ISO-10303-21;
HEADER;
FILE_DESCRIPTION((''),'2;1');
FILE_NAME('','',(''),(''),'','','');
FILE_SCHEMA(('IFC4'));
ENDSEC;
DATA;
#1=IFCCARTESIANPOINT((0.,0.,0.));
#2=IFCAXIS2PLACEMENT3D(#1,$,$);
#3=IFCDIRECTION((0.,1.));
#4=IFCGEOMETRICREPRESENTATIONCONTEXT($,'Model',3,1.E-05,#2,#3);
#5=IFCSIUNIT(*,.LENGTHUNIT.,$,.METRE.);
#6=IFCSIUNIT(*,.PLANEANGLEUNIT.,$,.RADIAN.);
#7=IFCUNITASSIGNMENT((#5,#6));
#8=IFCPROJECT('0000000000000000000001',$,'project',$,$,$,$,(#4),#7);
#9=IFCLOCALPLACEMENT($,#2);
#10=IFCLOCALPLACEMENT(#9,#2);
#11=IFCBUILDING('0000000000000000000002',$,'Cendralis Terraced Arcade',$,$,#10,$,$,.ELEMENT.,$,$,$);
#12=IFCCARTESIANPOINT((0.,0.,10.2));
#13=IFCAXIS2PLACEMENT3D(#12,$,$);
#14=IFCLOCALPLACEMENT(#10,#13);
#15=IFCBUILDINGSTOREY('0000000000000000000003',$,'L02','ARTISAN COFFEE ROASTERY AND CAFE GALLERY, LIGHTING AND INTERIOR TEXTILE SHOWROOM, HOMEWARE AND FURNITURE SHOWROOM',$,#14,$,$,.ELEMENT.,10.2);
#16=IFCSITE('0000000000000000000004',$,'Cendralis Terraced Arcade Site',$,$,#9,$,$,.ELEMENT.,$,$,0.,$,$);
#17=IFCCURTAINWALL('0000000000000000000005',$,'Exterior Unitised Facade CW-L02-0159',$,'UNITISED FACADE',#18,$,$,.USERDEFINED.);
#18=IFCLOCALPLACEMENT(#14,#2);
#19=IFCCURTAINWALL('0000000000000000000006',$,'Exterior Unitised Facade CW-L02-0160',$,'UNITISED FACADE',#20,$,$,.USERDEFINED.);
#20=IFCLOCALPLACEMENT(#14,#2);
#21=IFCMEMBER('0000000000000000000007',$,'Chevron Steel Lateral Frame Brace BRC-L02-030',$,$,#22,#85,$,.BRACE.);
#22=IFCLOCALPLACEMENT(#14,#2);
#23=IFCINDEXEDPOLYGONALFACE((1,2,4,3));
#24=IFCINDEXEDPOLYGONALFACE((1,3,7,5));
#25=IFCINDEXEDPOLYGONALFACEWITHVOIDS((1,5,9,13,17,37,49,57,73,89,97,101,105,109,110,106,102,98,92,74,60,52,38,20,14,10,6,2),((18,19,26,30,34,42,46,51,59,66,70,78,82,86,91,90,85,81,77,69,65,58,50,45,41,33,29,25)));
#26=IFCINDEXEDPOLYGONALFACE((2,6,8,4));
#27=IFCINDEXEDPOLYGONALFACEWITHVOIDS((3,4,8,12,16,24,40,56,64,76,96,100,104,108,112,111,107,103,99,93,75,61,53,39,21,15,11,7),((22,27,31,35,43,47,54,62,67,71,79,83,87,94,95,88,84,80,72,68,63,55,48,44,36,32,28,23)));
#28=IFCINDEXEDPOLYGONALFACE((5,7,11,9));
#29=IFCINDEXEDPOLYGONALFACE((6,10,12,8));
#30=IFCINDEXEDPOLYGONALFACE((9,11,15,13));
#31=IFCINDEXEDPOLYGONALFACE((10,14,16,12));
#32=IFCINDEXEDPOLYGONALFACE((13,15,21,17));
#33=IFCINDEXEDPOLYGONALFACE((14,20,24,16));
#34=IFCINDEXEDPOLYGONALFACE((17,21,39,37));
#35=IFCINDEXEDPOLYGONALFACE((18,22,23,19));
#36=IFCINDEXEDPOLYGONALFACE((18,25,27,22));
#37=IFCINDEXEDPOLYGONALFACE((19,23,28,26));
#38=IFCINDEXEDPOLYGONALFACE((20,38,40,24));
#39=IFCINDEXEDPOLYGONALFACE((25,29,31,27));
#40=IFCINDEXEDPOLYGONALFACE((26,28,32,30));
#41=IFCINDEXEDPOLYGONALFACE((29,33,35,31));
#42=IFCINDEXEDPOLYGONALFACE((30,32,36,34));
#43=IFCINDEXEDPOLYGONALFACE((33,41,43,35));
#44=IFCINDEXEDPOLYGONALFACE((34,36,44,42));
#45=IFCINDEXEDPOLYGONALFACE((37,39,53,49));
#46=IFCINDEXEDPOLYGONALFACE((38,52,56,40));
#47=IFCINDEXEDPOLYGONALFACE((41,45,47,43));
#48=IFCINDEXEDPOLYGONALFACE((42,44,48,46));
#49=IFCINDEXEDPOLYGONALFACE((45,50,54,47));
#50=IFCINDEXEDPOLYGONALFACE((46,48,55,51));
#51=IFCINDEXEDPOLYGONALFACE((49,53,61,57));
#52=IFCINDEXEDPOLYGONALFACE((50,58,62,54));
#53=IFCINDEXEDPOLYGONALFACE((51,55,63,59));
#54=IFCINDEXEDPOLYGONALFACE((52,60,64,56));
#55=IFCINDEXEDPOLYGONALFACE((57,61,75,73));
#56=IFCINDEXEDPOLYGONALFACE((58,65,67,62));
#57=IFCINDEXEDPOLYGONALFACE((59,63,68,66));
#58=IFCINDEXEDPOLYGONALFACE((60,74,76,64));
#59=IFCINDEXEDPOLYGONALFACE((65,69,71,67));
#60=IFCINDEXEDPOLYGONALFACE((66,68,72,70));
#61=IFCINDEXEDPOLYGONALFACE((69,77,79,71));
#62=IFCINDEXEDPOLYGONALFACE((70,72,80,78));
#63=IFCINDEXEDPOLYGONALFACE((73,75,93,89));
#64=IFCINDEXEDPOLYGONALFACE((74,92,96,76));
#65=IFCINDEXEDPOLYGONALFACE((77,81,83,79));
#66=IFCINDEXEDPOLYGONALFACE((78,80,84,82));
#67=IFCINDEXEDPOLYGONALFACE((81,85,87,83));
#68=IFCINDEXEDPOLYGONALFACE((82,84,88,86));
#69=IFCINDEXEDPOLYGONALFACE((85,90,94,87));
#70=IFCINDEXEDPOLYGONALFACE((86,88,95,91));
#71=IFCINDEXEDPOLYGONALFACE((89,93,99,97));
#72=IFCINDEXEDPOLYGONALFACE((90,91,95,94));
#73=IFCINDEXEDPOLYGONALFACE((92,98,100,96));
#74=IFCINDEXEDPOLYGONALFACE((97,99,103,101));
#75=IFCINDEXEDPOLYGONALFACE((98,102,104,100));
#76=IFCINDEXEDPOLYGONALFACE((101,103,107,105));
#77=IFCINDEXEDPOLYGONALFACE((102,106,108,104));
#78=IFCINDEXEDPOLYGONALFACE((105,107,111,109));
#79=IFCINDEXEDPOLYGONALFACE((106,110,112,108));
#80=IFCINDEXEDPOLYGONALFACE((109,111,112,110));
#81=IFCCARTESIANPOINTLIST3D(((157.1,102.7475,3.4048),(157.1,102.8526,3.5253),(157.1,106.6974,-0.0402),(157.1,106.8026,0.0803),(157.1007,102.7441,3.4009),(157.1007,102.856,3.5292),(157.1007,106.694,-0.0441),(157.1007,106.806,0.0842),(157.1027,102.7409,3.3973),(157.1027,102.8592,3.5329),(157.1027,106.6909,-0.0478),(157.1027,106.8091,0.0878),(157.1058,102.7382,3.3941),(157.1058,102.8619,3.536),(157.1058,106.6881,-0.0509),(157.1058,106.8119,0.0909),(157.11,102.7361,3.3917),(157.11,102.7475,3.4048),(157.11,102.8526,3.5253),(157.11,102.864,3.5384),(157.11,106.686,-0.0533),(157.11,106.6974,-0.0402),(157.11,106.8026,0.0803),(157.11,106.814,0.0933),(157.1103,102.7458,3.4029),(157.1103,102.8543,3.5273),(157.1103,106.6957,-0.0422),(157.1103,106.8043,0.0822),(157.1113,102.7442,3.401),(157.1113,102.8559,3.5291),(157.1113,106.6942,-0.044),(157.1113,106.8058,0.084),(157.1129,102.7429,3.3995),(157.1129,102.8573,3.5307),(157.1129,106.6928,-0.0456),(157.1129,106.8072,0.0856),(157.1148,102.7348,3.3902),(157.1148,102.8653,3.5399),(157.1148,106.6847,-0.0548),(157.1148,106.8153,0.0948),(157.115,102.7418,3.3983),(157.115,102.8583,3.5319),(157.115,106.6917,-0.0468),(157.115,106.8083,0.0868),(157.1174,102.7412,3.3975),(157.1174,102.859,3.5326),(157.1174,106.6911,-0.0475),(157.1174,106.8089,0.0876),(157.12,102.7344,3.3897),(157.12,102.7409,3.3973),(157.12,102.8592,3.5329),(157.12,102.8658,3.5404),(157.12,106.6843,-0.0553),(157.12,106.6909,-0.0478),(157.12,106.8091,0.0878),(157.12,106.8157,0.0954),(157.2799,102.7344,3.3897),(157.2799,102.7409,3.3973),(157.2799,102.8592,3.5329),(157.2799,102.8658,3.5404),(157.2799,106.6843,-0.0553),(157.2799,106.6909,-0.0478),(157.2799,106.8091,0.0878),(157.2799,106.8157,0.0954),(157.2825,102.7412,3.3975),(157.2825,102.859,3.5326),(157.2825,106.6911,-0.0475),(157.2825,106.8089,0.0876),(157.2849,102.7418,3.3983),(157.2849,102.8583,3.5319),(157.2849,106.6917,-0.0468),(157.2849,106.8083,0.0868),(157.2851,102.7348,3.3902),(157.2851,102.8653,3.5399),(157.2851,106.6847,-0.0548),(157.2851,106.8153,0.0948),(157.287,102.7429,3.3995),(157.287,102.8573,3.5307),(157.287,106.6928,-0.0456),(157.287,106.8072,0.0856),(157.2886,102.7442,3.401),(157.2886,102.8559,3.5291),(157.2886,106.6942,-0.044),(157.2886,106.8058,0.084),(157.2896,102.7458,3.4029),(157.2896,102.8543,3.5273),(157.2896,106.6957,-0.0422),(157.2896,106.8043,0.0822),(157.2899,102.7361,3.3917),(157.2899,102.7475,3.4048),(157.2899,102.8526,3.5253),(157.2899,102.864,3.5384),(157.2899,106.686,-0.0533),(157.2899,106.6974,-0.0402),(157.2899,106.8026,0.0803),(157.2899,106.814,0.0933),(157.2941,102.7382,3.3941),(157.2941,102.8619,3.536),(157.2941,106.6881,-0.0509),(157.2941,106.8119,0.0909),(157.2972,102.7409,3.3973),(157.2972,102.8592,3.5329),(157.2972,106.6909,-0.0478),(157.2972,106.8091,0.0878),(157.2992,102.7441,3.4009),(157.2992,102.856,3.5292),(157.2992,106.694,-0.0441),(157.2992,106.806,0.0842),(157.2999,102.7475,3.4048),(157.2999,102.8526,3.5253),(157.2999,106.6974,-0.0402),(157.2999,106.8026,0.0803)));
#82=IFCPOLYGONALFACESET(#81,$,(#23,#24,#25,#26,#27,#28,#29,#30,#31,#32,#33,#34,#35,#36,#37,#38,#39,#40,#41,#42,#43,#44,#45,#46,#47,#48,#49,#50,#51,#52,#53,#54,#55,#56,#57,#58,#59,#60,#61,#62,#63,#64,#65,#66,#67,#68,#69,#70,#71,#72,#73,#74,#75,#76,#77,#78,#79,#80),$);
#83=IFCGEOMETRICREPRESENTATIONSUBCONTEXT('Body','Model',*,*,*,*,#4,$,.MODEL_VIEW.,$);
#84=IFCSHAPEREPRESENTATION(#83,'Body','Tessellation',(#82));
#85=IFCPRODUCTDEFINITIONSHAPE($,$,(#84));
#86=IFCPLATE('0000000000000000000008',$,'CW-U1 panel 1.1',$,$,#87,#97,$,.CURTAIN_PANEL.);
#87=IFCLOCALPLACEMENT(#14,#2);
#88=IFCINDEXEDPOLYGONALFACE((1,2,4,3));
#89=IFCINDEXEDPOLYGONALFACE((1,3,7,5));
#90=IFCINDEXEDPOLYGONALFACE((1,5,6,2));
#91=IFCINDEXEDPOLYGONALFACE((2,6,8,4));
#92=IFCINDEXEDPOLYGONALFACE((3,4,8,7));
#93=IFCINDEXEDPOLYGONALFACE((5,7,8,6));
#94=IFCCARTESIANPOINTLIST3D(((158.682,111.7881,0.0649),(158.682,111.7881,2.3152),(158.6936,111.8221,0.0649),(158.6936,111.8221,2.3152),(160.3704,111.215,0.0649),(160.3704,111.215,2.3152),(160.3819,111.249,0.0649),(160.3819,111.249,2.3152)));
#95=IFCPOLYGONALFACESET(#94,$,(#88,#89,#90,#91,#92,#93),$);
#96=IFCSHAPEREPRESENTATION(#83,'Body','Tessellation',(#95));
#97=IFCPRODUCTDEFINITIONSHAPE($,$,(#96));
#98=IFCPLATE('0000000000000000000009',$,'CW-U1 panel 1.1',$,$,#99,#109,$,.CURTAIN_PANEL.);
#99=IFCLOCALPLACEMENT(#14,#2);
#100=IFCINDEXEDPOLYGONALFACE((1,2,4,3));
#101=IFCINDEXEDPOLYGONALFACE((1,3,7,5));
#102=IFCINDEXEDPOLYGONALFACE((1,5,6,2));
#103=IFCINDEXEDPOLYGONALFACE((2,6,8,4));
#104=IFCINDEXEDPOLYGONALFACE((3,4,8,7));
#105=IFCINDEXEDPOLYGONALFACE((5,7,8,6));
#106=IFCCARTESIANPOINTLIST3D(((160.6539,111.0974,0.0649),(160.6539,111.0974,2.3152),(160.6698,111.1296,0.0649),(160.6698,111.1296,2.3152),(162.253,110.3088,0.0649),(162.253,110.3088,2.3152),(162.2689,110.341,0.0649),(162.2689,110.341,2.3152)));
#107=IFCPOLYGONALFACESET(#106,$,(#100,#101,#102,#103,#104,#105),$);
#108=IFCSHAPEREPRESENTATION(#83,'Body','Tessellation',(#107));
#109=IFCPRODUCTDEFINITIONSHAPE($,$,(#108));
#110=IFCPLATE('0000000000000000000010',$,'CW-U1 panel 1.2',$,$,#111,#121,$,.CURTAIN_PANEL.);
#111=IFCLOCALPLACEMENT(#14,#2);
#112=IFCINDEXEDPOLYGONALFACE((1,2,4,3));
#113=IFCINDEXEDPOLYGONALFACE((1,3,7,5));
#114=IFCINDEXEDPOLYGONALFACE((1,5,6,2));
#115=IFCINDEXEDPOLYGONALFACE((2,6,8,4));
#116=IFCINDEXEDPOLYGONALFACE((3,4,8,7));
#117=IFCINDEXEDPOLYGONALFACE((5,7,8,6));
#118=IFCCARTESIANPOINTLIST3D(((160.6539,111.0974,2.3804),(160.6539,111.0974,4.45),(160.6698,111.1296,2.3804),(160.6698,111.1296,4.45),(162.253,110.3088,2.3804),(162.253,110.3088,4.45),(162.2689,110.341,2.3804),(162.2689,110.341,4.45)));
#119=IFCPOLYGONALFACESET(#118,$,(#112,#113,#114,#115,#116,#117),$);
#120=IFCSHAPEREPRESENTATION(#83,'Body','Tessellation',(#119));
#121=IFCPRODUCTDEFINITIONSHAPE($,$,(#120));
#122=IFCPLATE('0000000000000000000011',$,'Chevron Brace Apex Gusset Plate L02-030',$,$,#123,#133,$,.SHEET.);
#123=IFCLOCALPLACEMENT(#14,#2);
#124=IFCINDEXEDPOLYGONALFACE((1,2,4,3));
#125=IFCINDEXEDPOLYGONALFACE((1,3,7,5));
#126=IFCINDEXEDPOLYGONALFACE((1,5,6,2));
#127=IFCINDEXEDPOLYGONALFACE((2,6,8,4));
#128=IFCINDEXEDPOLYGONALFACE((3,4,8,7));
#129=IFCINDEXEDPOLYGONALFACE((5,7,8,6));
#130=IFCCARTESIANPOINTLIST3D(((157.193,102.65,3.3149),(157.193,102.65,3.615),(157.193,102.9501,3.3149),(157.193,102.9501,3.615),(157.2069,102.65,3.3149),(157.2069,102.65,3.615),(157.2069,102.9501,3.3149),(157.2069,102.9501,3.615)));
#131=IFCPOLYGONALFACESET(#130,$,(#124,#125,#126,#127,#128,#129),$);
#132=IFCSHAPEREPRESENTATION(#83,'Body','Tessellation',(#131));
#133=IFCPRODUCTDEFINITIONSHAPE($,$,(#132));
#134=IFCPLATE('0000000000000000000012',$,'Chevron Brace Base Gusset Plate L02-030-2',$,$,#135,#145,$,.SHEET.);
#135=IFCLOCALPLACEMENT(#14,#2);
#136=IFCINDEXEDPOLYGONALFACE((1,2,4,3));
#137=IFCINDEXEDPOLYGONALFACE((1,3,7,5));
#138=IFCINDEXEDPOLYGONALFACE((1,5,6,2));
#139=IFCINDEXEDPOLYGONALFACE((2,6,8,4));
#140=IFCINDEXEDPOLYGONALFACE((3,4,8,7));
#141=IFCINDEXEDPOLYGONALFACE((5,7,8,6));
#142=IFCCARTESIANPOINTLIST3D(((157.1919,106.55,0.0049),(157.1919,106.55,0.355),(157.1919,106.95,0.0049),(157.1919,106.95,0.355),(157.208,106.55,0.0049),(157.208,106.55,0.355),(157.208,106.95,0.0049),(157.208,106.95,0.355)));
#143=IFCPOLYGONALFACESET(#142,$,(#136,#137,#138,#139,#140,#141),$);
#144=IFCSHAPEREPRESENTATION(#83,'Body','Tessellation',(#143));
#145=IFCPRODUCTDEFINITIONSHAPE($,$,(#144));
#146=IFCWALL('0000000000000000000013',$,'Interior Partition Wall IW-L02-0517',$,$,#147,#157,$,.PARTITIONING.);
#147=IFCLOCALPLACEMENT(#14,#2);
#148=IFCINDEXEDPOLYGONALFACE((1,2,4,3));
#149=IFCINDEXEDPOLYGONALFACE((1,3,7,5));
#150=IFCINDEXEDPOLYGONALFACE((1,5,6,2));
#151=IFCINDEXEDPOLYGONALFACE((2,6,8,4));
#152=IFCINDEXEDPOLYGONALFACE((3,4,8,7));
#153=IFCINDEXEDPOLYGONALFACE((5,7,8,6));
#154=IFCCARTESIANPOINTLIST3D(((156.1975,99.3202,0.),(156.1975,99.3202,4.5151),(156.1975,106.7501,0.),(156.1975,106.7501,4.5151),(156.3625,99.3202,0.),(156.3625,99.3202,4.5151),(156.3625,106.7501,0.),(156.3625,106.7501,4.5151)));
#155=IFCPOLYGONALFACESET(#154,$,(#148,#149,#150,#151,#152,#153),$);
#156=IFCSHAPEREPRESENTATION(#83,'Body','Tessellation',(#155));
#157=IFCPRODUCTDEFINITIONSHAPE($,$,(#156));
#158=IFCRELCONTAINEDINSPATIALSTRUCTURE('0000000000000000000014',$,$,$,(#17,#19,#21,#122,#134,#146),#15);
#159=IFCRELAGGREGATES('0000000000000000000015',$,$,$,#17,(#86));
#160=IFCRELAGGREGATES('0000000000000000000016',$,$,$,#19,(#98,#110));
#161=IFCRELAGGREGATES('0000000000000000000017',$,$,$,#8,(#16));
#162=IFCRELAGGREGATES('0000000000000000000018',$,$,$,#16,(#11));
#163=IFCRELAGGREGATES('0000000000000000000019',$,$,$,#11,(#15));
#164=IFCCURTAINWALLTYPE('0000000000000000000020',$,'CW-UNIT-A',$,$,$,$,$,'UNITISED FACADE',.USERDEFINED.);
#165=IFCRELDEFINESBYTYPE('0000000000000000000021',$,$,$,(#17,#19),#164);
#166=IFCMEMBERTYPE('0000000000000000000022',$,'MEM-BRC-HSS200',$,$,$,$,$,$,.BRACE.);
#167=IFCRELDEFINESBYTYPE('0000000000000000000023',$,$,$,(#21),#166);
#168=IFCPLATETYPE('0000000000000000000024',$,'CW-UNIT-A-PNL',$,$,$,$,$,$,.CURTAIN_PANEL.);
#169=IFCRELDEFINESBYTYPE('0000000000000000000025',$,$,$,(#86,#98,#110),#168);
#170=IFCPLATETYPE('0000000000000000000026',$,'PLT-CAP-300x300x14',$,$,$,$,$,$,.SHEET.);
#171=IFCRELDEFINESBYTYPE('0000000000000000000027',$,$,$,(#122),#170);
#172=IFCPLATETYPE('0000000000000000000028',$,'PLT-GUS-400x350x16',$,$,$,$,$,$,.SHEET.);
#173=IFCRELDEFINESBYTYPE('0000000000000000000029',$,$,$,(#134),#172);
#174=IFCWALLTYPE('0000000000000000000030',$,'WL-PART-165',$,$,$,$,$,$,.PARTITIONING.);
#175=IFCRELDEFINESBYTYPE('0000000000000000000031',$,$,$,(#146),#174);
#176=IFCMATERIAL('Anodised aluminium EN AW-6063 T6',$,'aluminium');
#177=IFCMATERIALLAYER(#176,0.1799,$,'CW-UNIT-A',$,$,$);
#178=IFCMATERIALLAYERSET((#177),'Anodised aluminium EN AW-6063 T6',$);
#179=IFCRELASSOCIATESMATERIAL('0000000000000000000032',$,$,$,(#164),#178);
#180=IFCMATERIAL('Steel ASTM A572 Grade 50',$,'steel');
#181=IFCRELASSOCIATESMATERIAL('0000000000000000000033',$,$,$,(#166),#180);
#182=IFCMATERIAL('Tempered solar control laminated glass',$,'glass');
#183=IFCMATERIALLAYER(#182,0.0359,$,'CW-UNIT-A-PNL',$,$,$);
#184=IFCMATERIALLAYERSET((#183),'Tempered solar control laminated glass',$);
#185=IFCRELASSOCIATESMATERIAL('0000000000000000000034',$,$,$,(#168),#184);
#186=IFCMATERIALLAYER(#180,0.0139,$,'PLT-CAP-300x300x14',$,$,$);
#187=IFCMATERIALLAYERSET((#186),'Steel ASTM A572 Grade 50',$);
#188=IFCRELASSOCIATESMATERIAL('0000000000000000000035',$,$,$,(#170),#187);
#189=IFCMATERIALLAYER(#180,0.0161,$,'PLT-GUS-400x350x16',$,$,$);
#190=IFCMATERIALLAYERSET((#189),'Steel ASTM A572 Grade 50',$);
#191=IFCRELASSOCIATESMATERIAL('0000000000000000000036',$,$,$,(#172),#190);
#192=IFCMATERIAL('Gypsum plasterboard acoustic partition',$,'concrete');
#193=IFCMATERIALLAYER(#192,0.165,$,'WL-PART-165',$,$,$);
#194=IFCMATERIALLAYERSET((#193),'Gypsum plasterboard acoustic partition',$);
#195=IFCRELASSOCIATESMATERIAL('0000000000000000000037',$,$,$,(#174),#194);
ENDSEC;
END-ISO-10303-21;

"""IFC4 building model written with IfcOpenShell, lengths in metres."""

from ifc_helpers import new_model, si_unit, direction, frame, frame_2d, origin, origin_2d, place, context, subcontext, project, spatial, rectangle, hollow_rectangle, extrude, material, layer, layer_set, material_profile, profile_set, type_object, element, aggregate, save


model = new_model("IFC4")

# Units and contexts
model_context = context("Model", 3, precision=1e-05, world=origin(), true_north=direction((0.0, 1.0)))
body_context = subcontext(model_context, "Body", "Model", "MODEL_VIEW")
ifc_project = project(units=[si_unit("LENGTHUNIT", "METRE"), si_unit("PLANEANGLEUNIT", "RADIAN")], contexts=[model_context])

# Site, building, storey
site_placement = place(None, origin())
site = spatial("IfcSite", under=ifc_project, at=site_placement, Name="Cendralis Terraced Arcade Site", CompositionType="ELEMENT", RefElevation=0.0)
building_placement = place(site_placement, origin())
building = spatial("IfcBuilding", under=site, at=building_placement, Name="Cendralis Terraced Arcade", CompositionType="ELEMENT")
storey_placement = place(building_placement, frame((0.0, 0.0, 10.2)))
storey = spatial("IfcBuildingStorey", under=building, at=storey_placement, Name="L02", Description="ARTISAN COFFEE ROASTERY AND CAFE GALLERY, LIGHTING AND INTERIOR TEXTILE SHOWROOM, HOMEWARE AND FURNITURE SHOWROOM", CompositionType="ELEMENT", Elevation=10.2)

# Curtain wall
ifc_material_1 = material(Name="Anodised aluminium EN AW-6063 T6", Category="aluminium")
ifc_layer_1 = layer(ifc_material_1, 0.1799, Name="CW-UNIT-A")
ifc_layer_set_1 = layer_set([ifc_layer_1], Name="Anodised aluminium EN AW-6063 T6")
curtain_wall_type = type_object("IfcCurtainWallType", Name="CW-UNIT-A", ElementType="UNITISED FACADE", PredefinedType="USERDEFINED", material=ifc_layer_set_1)
curtain_wall_1_placement = place(storey_placement, origin())
curtain_wall_1 = element("IfcCurtainWall", 1, at=curtain_wall_1_placement, inside=storey, type_object=curtain_wall_type, Name="Exterior Unitised Facade CW-L02-0159", ObjectType="UNITISED FACADE", PredefinedType="USERDEFINED")

# Curtain wall
curtain_wall_2_placement = place(storey_placement, origin())
curtain_wall_2 = element("IfcCurtainWall", 2, at=curtain_wall_2_placement, inside=storey, type_object=curtain_wall_type, Name="Exterior Unitised Facade CW-L02-0160", ObjectType="UNITISED FACADE", PredefinedType="USERDEFINED")

# Member
ifc_material_2 = material(Name="Steel ASTM A572 Grade 50", Category="steel")
ifc_material_profile_1 = material_profile(ifc_material_2, hollow_rectangle(XDim=0.2, YDim=0.2, WallThickness=0.01, InnerFilletRadius=0.01, OuterFilletRadius=0.02, at=origin_2d()), Name="HSS200X200X10", Category="LoadBearing")
ifc_profile_set_1 = profile_set([ifc_material_profile_1], Name="Steel ASTM A572 Grade 50")
member_type_1 = type_object("IfcMemberType", Name="MEM-BRC-HSS200", PredefinedType="BRACE", material=ifc_profile_set_1)
member_1_placement = place(storey_placement, frame((157.2, 106.75, 0.02), z_axis=(0.0, -0.753629, 0.6573), x_axis=(1.0, 0.0, 0.0)))
element("IfcMember", 3, at=member_1_placement, inside=storey, type_object=member_type_1, Name="Chevron Steel Lateral Frame Brace BRC-L02-030", PredefinedType="BRACE", context=body_context, shape_type="SweptSolid", body=[
    extrude(hollow_rectangle(XDim=0.2, YDim=0.2, WallThickness=0.01, InnerFilletRadius=0.01, OuterFilletRadius=0.02, at=origin_2d()), origin(), (0.0, 0.0, 1.0), 5.2412),
])

# Plates
ifc_material_3 = material(Name="Tempered solar control laminated glass", Category="glass")
ifc_layer_2 = layer(ifc_material_3, 0.0359, Name="CW-UNIT-A-PNL")
ifc_layer_set_2 = layer_set([ifc_layer_2], Name="Tempered solar control laminated glass")
plate_type_1 = type_object("IfcPlateType", Name="CW-UNIT-A-PNL", PredefinedType="CURTAIN_PANEL", material=ifc_layer_set_2)
plate_1_placement = place(storey_placement, frame((159.532, 111.5186, 0.0649), z_axis=(0.0, 0.0, 1.0), x_axis=(0.946928, -0.321445, 0.0)))
plate_1 = element("IfcPlate", 4, at=plate_1_placement, type_object=plate_type_1, Name="CW-U1 panel 1.1", PredefinedType="CURTAIN_PANEL", context=body_context, shape_type="SweptSolid", body=[
    extrude(rectangle(XDim=1.783, YDim=0.0359, at=origin_2d()), origin(), (0.0, 0.0, 1.0), 2.2502),
])
aggregate(curtain_wall_1, [plate_1])
plate_2_placement = place(storey_placement, frame((161.4614, 110.7192, 0.0649), z_axis=(0.0, 0.0, 1.0), x_axis=(0.896871, -0.442293, 0.0)))
plate_2 = element("IfcPlate", 5, at=plate_2_placement, type_object=plate_type_1, Name="CW-U1 panel 1.1", PredefinedType="CURTAIN_PANEL", context=body_context, shape_type="SweptSolid", body=[
    extrude(rectangle(XDim=1.783, YDim=0.0359, at=origin_2d()), origin(), (0.0, 0.0, 1.0), 2.2502),
])
plate_3_placement = place(storey_placement, frame((161.4614, 110.7192, 2.3804), z_axis=(0.0, 0.0, 1.0), x_axis=(0.896871, -0.442293, 0.0)))
plate_3 = element("IfcPlate", 6, at=plate_3_placement, type_object=plate_type_1, Name="CW-U1 panel 1.2", PredefinedType="CURTAIN_PANEL", context=body_context, shape_type="SweptSolid", body=[
    extrude(rectangle(XDim=1.783, YDim=0.0359, at=origin_2d()), origin(), (0.0, 0.0, 1.0), 2.0696),
])
aggregate(curtain_wall_2, [plate_2, plate_3])

# Plates
ifc_layer_3 = layer(ifc_material_2, 0.0139, Name="PLT-CAP-300x300x14")
ifc_layer_set_3 = layer_set([ifc_layer_3], Name="Steel ASTM A572 Grade 50")
plate_type_2 = type_object("IfcPlateType", Name="PLT-CAP-300x300x14", PredefinedType="SHEET", material=ifc_layer_set_3)
plate_4_placement = place(storey_placement, frame((157.2, 102.8, 3.3149), z_axis=(0.0, 0.0, 1.0), x_axis=(0.0, 1.0, 0.0)))
element("IfcPlate", 7, at=plate_4_placement, inside=storey, type_object=plate_type_2, Name="Chevron Brace Apex Gusset Plate L02-030", PredefinedType="SHEET", context=body_context, shape_type="SweptSolid", body=[
    extrude(rectangle(XDim=0.3, YDim=0.0139, at=origin_2d()), origin(), (0.0, 0.0, 1.0), 0.3),
])
ifc_layer_4 = layer(ifc_material_2, 0.0161, Name="PLT-GUS-400x350x16")
ifc_layer_set_4 = layer_set([ifc_layer_4], Name="Steel ASTM A572 Grade 50")
plate_type_3 = type_object("IfcPlateType", Name="PLT-GUS-400x350x16", PredefinedType="SHEET", material=ifc_layer_set_4)
plate_5_placement = place(storey_placement, frame((157.2, 106.75, 0.0049), z_axis=(0.0, 0.0, 1.0), x_axis=(0.0, 1.0, 0.0)))
element("IfcPlate", 8, at=plate_5_placement, inside=storey, type_object=plate_type_3, Name="Chevron Brace Base Gusset Plate L02-030-2", PredefinedType="SHEET", context=body_context, shape_type="SweptSolid", body=[
    extrude(rectangle(XDim=0.3999, YDim=0.0161, at=origin_2d()), origin(), (0.0, 0.0, 1.0), 0.3501),
])

# Wall
ifc_material_4 = material(Name="Gypsum plasterboard acoustic partition", Category="concrete")
ifc_layer_5 = layer(ifc_material_4, 0.165, Name="WL-PART-165")
ifc_layer_set_5 = layer_set([ifc_layer_5], Name="Gypsum plasterboard acoustic partition")
wall_type = type_object("IfcWallType", Name="WL-PART-165", PredefinedType="PARTITIONING", material=ifc_layer_set_5)
wall_placement = place(storey_placement, frame((156.28, 106.75, 0.0), z_axis=(0.0, 0.0, 1.0), x_axis=(0.0, -1.0, 0.0)))
element("IfcWall", 9, at=wall_placement, inside=storey, type_object=wall_type, Name="Interior Partition Wall IW-L02-0517", PredefinedType="PARTITIONING", context=body_context, shape_type="SweptSolid", body=[
    extrude(rectangle(XDim=7.4299, YDim=0.165, at=frame_2d((3.7148, 0.0))), origin(), (0.0, 0.0, 1.0), 4.5151),
])

save(model, "model.ifc")
